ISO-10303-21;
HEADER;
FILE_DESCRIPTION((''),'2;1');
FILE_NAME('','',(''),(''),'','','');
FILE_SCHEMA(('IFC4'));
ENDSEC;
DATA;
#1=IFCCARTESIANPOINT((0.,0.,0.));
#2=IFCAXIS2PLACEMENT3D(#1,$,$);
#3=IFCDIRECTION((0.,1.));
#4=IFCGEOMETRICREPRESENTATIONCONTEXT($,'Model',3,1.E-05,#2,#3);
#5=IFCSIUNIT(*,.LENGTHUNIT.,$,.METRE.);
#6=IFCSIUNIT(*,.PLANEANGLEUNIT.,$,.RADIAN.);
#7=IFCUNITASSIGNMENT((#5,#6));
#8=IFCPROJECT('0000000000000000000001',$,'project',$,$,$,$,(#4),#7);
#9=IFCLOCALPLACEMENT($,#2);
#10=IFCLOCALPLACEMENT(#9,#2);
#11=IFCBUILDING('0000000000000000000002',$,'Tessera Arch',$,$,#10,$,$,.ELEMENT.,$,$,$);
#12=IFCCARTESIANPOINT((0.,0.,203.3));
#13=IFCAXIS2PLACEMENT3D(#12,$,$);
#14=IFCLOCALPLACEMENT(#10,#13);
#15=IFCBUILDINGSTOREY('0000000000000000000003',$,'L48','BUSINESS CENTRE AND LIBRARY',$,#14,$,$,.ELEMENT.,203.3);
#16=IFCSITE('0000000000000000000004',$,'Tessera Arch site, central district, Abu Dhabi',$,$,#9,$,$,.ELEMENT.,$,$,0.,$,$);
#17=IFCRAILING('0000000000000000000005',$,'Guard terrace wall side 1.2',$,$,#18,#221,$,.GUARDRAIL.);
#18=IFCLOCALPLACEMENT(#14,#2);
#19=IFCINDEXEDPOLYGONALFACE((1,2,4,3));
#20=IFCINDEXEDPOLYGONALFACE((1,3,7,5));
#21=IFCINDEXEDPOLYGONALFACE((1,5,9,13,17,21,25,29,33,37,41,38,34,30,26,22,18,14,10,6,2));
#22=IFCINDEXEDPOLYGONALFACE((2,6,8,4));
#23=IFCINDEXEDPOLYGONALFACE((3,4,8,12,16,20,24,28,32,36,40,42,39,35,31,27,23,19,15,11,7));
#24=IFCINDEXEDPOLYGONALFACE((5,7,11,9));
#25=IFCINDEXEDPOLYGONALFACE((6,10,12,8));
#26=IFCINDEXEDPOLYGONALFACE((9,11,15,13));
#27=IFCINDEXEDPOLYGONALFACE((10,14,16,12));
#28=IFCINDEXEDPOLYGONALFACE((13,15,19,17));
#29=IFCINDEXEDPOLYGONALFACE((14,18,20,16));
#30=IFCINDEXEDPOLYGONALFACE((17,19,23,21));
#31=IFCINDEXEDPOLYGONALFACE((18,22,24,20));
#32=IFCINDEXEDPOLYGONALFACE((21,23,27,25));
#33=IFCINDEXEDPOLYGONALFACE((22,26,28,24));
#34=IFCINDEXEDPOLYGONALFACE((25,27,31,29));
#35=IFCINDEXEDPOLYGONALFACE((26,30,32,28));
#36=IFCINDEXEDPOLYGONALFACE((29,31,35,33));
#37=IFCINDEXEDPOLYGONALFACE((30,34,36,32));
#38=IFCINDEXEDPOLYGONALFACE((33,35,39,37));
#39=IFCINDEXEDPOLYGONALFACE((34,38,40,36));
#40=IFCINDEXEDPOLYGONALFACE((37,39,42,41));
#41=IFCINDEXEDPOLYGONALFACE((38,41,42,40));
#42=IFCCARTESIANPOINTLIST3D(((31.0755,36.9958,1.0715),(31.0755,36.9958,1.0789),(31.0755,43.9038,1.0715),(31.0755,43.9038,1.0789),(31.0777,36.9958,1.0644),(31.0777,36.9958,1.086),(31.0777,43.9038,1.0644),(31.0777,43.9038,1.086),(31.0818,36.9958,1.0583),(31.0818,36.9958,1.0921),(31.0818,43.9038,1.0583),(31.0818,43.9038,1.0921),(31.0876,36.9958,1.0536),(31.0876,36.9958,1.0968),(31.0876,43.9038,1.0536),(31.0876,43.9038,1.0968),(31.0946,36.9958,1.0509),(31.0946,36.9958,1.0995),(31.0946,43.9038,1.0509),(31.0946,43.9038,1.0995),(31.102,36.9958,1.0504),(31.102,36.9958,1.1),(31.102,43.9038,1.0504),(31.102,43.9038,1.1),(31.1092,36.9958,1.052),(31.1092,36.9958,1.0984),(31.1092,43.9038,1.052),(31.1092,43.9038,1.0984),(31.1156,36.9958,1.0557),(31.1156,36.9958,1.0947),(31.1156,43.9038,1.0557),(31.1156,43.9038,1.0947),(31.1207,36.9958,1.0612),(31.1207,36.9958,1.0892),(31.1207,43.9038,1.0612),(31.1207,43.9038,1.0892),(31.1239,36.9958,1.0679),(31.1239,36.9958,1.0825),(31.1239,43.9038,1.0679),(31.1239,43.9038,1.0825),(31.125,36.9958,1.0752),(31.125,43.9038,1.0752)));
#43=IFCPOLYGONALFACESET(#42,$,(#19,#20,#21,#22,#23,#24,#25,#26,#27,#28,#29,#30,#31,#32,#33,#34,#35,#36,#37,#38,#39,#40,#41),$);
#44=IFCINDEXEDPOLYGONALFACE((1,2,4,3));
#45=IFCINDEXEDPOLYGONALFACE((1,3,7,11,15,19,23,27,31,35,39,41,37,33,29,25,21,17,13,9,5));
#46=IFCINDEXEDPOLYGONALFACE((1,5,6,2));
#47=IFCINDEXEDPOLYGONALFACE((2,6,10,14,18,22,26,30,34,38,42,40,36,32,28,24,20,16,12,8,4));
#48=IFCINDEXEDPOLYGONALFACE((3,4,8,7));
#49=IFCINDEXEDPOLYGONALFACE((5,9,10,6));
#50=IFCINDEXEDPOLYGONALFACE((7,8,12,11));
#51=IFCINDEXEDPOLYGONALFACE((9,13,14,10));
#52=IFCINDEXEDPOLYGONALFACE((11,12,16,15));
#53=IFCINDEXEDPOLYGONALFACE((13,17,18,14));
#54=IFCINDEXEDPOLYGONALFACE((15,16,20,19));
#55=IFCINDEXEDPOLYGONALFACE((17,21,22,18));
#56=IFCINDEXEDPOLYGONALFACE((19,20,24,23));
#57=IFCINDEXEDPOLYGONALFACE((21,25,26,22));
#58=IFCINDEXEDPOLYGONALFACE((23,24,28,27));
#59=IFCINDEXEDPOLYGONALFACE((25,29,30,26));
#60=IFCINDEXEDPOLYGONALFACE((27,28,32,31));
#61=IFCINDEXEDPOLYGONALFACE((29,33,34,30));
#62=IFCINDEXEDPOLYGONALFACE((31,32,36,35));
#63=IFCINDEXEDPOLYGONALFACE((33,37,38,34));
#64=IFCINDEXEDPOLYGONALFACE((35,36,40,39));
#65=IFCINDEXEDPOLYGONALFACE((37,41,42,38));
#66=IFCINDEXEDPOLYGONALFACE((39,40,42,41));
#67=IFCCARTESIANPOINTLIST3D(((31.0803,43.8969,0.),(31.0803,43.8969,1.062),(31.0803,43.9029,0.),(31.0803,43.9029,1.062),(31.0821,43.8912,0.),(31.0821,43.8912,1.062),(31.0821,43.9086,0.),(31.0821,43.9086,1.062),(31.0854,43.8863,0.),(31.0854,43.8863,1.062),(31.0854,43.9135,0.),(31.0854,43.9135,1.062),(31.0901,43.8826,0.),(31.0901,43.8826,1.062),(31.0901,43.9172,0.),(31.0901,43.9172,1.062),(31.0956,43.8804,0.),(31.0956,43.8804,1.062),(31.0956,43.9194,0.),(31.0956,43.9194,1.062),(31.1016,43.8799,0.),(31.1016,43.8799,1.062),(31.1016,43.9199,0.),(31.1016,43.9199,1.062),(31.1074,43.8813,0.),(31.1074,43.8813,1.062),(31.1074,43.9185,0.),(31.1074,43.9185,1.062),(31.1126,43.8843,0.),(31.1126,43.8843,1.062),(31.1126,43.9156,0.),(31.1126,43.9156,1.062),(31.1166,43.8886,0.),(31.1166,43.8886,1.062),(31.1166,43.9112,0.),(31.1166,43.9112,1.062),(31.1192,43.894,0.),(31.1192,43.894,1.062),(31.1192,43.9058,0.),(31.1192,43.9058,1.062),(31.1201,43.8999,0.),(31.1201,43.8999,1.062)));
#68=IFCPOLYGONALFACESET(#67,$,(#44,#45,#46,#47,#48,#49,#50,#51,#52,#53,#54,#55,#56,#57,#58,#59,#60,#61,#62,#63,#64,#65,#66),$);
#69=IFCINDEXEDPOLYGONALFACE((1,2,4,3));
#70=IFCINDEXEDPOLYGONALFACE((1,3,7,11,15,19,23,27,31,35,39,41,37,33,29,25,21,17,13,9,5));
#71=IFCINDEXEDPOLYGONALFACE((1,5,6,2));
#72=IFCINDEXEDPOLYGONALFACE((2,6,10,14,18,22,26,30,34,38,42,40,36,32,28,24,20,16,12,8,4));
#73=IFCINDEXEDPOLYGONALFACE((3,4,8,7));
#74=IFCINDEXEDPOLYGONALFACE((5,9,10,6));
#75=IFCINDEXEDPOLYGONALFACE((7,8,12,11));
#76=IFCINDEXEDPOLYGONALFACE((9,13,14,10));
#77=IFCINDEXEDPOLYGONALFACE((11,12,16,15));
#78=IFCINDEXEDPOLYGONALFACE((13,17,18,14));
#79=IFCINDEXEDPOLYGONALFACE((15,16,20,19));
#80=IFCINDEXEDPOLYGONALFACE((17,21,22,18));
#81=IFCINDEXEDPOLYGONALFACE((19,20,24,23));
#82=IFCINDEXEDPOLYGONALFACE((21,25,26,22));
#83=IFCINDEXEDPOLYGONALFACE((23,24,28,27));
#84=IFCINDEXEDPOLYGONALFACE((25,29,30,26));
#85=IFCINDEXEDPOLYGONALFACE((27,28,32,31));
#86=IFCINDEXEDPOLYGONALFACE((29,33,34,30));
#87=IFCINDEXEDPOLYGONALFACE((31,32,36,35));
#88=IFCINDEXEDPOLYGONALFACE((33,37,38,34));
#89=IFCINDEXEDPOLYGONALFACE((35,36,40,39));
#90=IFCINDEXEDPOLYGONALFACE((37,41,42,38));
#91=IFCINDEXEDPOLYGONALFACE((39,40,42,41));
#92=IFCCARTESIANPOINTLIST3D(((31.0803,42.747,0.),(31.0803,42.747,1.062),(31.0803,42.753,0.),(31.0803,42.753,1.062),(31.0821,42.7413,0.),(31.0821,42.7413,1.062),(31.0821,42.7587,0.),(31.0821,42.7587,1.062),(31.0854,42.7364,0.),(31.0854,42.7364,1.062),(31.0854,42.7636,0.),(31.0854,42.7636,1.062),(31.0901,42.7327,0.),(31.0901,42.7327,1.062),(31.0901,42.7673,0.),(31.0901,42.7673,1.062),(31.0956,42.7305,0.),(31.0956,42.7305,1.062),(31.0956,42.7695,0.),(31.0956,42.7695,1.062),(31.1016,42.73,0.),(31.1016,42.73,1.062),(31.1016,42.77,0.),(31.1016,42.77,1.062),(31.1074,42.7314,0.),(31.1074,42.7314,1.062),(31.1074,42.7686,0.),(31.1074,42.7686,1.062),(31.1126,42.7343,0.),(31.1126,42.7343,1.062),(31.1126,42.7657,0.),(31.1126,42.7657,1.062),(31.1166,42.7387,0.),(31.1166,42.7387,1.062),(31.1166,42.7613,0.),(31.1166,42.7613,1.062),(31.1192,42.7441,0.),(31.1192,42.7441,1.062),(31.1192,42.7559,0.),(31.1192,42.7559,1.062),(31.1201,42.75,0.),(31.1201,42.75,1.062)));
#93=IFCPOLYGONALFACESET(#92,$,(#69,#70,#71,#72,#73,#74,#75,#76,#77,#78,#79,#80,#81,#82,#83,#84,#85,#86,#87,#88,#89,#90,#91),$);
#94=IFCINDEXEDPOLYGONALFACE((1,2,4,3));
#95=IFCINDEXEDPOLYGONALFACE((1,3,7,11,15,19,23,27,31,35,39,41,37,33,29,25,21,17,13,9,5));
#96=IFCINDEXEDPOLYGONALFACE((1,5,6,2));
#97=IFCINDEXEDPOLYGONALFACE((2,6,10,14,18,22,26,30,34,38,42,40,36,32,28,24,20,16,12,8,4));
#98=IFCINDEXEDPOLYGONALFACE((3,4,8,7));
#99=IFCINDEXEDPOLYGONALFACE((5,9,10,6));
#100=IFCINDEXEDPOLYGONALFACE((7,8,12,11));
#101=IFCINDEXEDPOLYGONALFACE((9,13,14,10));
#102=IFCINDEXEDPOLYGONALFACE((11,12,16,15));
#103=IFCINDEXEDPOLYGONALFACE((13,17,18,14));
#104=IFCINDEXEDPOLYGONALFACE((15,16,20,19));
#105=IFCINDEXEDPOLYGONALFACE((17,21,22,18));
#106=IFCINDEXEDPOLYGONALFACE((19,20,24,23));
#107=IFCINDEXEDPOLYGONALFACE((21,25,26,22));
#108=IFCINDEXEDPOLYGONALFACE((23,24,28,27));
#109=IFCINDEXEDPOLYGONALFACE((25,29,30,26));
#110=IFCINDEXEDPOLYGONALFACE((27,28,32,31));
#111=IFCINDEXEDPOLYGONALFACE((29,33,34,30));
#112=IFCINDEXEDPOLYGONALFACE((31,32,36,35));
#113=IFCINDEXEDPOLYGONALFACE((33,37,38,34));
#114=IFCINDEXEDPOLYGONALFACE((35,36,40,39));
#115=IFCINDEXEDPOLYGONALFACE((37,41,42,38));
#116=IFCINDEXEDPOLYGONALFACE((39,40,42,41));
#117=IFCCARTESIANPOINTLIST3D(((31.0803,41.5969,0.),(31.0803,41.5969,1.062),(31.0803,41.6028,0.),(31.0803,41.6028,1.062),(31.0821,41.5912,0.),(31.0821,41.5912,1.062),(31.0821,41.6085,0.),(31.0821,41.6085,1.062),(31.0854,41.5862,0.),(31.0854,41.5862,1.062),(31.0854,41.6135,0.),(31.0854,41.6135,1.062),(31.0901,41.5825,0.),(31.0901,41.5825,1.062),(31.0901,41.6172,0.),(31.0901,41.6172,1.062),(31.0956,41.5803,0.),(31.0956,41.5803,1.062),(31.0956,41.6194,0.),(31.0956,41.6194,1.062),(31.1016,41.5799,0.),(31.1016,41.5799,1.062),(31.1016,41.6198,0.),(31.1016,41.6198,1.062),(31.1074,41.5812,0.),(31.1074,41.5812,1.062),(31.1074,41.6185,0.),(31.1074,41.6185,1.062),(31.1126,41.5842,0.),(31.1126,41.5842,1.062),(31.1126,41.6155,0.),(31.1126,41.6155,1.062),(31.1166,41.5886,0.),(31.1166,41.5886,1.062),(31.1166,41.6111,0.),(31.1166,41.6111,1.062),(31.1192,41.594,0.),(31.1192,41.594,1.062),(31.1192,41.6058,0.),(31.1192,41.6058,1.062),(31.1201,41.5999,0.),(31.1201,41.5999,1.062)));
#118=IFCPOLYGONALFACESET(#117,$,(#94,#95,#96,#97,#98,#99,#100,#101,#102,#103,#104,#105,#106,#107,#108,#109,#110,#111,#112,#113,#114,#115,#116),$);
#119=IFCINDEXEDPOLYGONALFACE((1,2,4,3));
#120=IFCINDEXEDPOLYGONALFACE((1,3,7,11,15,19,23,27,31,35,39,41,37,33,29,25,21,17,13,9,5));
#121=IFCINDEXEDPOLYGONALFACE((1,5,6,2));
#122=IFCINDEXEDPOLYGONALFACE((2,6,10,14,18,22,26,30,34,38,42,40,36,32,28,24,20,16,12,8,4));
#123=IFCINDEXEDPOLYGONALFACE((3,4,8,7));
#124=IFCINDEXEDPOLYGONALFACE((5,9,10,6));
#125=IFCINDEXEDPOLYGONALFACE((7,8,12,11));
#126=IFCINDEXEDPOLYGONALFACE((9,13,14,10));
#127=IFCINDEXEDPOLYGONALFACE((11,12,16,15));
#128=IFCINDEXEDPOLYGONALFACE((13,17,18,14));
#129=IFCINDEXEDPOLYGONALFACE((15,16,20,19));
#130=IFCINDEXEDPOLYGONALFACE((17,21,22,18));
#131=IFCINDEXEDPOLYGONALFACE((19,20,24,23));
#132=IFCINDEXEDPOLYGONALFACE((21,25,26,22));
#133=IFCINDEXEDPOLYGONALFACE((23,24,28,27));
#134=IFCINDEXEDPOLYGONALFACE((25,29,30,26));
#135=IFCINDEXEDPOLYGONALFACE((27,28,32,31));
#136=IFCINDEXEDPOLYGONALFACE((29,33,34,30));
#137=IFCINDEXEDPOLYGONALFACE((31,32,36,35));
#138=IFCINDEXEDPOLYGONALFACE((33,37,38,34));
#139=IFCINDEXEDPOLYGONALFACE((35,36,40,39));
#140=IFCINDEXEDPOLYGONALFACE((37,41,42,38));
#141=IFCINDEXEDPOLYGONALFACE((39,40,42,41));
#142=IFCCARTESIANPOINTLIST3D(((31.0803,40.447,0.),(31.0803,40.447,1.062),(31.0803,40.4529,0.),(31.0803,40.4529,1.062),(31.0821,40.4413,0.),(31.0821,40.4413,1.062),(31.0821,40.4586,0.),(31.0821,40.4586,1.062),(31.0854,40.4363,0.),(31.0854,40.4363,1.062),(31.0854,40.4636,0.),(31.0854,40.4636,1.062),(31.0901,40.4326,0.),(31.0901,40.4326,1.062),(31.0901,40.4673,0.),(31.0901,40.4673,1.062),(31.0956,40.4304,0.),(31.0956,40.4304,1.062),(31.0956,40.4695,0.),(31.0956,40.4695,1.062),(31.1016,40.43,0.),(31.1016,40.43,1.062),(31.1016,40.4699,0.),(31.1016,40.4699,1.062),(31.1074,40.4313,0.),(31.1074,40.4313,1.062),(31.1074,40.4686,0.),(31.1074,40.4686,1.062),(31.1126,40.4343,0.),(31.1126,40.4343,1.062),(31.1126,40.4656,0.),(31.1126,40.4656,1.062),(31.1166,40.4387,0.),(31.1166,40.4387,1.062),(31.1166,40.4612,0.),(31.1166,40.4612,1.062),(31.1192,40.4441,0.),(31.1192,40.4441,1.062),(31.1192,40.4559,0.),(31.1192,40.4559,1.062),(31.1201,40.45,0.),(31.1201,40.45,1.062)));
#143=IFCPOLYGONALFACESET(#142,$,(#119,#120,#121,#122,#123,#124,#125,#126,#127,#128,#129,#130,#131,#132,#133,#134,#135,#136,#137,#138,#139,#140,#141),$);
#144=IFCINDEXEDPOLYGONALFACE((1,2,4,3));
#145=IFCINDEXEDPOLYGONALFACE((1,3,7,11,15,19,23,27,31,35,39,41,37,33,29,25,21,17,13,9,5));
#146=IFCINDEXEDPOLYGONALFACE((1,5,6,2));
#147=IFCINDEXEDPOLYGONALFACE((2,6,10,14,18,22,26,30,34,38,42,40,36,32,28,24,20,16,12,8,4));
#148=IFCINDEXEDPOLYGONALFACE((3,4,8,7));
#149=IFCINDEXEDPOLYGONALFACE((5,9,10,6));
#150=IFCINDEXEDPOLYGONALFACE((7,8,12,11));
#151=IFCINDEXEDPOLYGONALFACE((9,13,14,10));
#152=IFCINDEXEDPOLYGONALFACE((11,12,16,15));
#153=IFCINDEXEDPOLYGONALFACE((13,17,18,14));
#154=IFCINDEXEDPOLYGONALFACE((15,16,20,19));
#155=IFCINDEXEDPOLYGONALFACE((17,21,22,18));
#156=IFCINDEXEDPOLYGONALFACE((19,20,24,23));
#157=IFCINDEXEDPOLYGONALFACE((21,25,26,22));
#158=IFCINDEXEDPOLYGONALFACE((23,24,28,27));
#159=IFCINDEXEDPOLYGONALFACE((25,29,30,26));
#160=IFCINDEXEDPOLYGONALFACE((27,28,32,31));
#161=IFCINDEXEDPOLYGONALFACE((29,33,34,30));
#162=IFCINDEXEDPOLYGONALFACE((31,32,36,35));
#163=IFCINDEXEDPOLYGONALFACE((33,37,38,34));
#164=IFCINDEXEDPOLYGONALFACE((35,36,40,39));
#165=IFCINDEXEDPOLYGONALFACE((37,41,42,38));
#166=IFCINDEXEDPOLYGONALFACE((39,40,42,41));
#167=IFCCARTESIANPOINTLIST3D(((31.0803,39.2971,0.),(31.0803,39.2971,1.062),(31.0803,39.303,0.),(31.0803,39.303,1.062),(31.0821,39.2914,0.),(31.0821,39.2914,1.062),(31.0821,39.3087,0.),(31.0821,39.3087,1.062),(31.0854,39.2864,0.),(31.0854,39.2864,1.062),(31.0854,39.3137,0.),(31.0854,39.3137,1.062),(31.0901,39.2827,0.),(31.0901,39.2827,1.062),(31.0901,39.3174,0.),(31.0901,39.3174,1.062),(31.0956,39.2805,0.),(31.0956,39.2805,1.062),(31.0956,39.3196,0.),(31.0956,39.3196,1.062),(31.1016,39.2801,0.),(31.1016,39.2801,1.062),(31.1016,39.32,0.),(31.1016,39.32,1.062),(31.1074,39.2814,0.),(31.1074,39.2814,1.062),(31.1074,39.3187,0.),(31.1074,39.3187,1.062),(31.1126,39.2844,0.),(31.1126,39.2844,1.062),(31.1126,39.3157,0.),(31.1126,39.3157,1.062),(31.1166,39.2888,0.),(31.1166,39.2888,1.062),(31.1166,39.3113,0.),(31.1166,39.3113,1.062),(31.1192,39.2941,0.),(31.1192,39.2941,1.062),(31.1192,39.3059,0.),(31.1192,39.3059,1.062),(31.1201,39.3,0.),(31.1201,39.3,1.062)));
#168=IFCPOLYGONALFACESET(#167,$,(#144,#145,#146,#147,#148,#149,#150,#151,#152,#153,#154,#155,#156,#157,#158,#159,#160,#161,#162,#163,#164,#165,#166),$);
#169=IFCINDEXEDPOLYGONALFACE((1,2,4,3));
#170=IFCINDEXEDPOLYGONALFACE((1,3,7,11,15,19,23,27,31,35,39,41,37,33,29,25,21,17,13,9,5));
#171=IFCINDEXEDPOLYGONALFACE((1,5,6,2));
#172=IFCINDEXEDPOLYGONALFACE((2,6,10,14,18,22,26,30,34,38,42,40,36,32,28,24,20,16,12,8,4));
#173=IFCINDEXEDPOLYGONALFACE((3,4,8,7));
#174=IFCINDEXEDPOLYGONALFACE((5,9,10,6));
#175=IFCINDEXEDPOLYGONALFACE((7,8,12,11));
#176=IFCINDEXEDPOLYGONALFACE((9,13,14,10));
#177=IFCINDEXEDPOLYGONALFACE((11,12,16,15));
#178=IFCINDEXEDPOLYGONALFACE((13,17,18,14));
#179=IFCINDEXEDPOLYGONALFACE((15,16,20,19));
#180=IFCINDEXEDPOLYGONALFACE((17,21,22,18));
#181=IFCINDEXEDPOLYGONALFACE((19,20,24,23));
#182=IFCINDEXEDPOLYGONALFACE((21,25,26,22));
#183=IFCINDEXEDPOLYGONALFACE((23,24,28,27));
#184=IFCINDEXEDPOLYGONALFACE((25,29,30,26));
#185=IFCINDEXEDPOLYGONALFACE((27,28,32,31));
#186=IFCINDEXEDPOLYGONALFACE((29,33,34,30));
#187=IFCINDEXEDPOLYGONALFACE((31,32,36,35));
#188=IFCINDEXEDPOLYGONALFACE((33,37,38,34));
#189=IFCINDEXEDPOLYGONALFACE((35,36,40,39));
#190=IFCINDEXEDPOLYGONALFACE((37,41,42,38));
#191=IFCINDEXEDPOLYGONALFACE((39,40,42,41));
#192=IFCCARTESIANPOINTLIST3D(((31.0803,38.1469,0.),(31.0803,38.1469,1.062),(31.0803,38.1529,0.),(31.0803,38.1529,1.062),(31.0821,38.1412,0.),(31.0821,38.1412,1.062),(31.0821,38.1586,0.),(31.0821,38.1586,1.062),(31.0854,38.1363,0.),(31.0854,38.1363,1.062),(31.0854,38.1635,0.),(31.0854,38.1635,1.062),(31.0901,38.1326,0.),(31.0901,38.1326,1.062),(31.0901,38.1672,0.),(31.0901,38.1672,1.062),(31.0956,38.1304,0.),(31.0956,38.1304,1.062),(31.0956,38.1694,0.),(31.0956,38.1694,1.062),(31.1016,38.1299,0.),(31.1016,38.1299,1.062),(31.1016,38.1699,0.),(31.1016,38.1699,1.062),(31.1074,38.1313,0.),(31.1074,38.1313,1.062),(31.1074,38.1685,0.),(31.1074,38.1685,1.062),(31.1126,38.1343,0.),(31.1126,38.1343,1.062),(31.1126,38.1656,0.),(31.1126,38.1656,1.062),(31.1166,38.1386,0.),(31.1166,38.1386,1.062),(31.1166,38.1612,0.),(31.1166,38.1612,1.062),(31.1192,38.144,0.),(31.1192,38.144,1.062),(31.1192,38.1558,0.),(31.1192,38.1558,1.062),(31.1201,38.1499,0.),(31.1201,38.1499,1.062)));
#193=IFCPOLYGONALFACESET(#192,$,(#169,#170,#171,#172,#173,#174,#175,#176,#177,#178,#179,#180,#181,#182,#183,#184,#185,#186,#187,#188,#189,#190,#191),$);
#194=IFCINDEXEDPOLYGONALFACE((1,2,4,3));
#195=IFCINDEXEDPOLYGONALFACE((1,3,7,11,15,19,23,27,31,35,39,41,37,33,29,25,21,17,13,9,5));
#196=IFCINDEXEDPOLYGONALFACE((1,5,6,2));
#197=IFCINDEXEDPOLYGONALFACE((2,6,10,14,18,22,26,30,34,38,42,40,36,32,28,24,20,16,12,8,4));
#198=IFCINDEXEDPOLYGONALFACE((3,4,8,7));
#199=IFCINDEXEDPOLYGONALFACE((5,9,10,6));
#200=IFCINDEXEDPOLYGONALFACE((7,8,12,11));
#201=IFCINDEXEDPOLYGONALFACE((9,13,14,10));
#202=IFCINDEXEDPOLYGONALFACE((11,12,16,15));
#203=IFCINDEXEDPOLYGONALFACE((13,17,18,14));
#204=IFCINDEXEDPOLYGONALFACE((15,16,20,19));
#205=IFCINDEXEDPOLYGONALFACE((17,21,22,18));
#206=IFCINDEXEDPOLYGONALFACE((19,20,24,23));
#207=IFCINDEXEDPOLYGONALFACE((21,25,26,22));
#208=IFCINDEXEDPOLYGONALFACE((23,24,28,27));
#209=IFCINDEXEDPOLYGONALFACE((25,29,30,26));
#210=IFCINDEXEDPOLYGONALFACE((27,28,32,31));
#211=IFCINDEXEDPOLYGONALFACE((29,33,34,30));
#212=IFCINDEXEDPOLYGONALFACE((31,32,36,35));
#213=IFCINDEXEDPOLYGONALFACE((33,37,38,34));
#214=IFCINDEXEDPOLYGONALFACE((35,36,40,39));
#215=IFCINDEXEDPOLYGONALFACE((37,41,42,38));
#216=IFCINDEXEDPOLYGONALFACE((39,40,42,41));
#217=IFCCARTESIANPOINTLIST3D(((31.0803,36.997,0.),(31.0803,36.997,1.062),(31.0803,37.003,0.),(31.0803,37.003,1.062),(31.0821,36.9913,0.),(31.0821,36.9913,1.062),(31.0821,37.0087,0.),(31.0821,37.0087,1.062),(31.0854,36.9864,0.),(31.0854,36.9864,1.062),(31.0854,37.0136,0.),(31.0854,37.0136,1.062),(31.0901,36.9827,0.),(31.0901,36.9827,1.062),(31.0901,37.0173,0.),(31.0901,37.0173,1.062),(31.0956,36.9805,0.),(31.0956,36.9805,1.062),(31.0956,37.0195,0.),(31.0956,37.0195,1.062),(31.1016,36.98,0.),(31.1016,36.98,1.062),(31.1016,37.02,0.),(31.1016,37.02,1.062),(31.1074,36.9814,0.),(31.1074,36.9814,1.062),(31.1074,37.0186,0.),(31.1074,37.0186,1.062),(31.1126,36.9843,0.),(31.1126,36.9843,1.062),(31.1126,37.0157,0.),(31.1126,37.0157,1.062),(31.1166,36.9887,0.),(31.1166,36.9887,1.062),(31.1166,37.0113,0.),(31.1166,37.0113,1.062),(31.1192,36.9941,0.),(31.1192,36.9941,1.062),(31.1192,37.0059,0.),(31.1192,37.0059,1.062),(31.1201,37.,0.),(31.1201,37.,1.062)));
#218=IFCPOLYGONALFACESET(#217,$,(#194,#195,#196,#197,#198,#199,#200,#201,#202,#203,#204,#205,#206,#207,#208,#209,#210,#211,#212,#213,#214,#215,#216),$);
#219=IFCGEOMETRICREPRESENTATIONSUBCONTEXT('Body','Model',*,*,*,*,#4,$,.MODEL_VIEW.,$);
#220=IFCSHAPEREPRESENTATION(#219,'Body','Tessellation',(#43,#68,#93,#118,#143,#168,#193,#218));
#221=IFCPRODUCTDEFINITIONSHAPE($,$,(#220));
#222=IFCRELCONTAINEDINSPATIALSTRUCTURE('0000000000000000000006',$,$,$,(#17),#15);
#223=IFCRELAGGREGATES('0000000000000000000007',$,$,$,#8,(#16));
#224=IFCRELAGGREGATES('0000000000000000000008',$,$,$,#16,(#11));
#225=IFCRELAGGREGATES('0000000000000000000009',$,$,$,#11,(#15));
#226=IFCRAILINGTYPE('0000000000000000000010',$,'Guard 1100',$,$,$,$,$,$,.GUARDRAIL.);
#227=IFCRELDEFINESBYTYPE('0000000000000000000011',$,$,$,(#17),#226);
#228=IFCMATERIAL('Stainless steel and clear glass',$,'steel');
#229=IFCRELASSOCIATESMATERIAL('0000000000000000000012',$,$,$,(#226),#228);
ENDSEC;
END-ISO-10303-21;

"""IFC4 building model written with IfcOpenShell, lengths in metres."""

from ifc_helpers import new_model, si_unit, direction, frame, origin, origin_2d, place, context, subcontext, project, spatial, circle, extrude, material, type_object, element, save


model = new_model("IFC4")

# Units and contexts
model_context = context("Model", 3, precision=1e-05, world=origin(), true_north=direction((0.0, 1.0)))
body_context = subcontext(model_context, "Body", "Model", "MODEL_VIEW")
ifc_project = project(units=[si_unit("LENGTHUNIT", "METRE"), si_unit("PLANEANGLEUNIT", "RADIAN")], contexts=[model_context])

# Site, building, storey
site_placement = place(None, origin())
site = spatial("IfcSite", under=ifc_project, at=site_placement, Name="Tessera Arch site, central district, Abu Dhabi", CompositionType="ELEMENT", RefElevation=0.0)
building_placement = place(site_placement, origin())
building = spatial("IfcBuilding", under=site, at=building_placement, Name="Tessera Arch", CompositionType="ELEMENT")
storey_placement = place(building_placement, frame((0.0, 0.0, 203.3)))
storey = spatial("IfcBuildingStorey", under=building, at=storey_placement, Name="L48", Description="BUSINESS CENTRE AND LIBRARY", CompositionType="ELEMENT", Elevation=203.3)

# Railing
ifc_material_1 = material(Name="Stainless steel and clear glass", Category="steel")
railing_type = type_object("IfcRailingType", Name="Guard 1100", PredefinedType="GUARDRAIL", material=ifc_material_1)
railing_1_placement = place(storey_placement, frame((31.1001, 43.8999, 0.0)))
element("IfcRailing", 1, at=railing_1_placement, inside=storey, type_object=railing_type, Name="Guard terrace wall side 1.2", PredefinedType="GUARDRAIL", context=body_context, shape_type="SweptSolid", body=[
    extrude(circle(Radius=0.0249, at=origin_2d()), frame((0.0, 0.0039, 1.0752), z_axis=(0.0, -1.0, 0.0), x_axis=(1.0, 0.0, 0.0)), (0.0, 0.0, 1.0), 6.908),
    extrude(circle(Radius=0.02, at=origin_2d()), origin(), (0.0, 0.0, 1.0), 1.062),
    extrude(circle(Radius=0.02, at=origin_2d()), frame((0.0, -1.1499, 0.0)), (0.0, 0.0, 1.0), 1.062),
    extrude(circle(Radius=0.02, at=origin_2d()), frame((0.0, -2.3, 0.0)), (0.0, 0.0, 1.0), 1.062),
    extrude(circle(Radius=0.02, at=origin_2d()), frame((0.0, -3.45, 0.0)), (0.0, 0.0, 1.0), 1.062),
    extrude(circle(Radius=0.02, at=origin_2d()), frame((0.0, -4.5999, 0.0)), (0.0, 0.0, 1.0), 1.062),
    extrude(circle(Radius=0.02, at=origin_2d()), frame((0.0, -5.75, 0.0)), (0.0, 0.0, 1.0), 1.062),
    extrude(circle(Radius=0.02, at=origin_2d()), frame((0.0, -6.8999, 0.0)), (0.0, 0.0, 1.0), 1.062),
])

save(model, "model.ifc")
